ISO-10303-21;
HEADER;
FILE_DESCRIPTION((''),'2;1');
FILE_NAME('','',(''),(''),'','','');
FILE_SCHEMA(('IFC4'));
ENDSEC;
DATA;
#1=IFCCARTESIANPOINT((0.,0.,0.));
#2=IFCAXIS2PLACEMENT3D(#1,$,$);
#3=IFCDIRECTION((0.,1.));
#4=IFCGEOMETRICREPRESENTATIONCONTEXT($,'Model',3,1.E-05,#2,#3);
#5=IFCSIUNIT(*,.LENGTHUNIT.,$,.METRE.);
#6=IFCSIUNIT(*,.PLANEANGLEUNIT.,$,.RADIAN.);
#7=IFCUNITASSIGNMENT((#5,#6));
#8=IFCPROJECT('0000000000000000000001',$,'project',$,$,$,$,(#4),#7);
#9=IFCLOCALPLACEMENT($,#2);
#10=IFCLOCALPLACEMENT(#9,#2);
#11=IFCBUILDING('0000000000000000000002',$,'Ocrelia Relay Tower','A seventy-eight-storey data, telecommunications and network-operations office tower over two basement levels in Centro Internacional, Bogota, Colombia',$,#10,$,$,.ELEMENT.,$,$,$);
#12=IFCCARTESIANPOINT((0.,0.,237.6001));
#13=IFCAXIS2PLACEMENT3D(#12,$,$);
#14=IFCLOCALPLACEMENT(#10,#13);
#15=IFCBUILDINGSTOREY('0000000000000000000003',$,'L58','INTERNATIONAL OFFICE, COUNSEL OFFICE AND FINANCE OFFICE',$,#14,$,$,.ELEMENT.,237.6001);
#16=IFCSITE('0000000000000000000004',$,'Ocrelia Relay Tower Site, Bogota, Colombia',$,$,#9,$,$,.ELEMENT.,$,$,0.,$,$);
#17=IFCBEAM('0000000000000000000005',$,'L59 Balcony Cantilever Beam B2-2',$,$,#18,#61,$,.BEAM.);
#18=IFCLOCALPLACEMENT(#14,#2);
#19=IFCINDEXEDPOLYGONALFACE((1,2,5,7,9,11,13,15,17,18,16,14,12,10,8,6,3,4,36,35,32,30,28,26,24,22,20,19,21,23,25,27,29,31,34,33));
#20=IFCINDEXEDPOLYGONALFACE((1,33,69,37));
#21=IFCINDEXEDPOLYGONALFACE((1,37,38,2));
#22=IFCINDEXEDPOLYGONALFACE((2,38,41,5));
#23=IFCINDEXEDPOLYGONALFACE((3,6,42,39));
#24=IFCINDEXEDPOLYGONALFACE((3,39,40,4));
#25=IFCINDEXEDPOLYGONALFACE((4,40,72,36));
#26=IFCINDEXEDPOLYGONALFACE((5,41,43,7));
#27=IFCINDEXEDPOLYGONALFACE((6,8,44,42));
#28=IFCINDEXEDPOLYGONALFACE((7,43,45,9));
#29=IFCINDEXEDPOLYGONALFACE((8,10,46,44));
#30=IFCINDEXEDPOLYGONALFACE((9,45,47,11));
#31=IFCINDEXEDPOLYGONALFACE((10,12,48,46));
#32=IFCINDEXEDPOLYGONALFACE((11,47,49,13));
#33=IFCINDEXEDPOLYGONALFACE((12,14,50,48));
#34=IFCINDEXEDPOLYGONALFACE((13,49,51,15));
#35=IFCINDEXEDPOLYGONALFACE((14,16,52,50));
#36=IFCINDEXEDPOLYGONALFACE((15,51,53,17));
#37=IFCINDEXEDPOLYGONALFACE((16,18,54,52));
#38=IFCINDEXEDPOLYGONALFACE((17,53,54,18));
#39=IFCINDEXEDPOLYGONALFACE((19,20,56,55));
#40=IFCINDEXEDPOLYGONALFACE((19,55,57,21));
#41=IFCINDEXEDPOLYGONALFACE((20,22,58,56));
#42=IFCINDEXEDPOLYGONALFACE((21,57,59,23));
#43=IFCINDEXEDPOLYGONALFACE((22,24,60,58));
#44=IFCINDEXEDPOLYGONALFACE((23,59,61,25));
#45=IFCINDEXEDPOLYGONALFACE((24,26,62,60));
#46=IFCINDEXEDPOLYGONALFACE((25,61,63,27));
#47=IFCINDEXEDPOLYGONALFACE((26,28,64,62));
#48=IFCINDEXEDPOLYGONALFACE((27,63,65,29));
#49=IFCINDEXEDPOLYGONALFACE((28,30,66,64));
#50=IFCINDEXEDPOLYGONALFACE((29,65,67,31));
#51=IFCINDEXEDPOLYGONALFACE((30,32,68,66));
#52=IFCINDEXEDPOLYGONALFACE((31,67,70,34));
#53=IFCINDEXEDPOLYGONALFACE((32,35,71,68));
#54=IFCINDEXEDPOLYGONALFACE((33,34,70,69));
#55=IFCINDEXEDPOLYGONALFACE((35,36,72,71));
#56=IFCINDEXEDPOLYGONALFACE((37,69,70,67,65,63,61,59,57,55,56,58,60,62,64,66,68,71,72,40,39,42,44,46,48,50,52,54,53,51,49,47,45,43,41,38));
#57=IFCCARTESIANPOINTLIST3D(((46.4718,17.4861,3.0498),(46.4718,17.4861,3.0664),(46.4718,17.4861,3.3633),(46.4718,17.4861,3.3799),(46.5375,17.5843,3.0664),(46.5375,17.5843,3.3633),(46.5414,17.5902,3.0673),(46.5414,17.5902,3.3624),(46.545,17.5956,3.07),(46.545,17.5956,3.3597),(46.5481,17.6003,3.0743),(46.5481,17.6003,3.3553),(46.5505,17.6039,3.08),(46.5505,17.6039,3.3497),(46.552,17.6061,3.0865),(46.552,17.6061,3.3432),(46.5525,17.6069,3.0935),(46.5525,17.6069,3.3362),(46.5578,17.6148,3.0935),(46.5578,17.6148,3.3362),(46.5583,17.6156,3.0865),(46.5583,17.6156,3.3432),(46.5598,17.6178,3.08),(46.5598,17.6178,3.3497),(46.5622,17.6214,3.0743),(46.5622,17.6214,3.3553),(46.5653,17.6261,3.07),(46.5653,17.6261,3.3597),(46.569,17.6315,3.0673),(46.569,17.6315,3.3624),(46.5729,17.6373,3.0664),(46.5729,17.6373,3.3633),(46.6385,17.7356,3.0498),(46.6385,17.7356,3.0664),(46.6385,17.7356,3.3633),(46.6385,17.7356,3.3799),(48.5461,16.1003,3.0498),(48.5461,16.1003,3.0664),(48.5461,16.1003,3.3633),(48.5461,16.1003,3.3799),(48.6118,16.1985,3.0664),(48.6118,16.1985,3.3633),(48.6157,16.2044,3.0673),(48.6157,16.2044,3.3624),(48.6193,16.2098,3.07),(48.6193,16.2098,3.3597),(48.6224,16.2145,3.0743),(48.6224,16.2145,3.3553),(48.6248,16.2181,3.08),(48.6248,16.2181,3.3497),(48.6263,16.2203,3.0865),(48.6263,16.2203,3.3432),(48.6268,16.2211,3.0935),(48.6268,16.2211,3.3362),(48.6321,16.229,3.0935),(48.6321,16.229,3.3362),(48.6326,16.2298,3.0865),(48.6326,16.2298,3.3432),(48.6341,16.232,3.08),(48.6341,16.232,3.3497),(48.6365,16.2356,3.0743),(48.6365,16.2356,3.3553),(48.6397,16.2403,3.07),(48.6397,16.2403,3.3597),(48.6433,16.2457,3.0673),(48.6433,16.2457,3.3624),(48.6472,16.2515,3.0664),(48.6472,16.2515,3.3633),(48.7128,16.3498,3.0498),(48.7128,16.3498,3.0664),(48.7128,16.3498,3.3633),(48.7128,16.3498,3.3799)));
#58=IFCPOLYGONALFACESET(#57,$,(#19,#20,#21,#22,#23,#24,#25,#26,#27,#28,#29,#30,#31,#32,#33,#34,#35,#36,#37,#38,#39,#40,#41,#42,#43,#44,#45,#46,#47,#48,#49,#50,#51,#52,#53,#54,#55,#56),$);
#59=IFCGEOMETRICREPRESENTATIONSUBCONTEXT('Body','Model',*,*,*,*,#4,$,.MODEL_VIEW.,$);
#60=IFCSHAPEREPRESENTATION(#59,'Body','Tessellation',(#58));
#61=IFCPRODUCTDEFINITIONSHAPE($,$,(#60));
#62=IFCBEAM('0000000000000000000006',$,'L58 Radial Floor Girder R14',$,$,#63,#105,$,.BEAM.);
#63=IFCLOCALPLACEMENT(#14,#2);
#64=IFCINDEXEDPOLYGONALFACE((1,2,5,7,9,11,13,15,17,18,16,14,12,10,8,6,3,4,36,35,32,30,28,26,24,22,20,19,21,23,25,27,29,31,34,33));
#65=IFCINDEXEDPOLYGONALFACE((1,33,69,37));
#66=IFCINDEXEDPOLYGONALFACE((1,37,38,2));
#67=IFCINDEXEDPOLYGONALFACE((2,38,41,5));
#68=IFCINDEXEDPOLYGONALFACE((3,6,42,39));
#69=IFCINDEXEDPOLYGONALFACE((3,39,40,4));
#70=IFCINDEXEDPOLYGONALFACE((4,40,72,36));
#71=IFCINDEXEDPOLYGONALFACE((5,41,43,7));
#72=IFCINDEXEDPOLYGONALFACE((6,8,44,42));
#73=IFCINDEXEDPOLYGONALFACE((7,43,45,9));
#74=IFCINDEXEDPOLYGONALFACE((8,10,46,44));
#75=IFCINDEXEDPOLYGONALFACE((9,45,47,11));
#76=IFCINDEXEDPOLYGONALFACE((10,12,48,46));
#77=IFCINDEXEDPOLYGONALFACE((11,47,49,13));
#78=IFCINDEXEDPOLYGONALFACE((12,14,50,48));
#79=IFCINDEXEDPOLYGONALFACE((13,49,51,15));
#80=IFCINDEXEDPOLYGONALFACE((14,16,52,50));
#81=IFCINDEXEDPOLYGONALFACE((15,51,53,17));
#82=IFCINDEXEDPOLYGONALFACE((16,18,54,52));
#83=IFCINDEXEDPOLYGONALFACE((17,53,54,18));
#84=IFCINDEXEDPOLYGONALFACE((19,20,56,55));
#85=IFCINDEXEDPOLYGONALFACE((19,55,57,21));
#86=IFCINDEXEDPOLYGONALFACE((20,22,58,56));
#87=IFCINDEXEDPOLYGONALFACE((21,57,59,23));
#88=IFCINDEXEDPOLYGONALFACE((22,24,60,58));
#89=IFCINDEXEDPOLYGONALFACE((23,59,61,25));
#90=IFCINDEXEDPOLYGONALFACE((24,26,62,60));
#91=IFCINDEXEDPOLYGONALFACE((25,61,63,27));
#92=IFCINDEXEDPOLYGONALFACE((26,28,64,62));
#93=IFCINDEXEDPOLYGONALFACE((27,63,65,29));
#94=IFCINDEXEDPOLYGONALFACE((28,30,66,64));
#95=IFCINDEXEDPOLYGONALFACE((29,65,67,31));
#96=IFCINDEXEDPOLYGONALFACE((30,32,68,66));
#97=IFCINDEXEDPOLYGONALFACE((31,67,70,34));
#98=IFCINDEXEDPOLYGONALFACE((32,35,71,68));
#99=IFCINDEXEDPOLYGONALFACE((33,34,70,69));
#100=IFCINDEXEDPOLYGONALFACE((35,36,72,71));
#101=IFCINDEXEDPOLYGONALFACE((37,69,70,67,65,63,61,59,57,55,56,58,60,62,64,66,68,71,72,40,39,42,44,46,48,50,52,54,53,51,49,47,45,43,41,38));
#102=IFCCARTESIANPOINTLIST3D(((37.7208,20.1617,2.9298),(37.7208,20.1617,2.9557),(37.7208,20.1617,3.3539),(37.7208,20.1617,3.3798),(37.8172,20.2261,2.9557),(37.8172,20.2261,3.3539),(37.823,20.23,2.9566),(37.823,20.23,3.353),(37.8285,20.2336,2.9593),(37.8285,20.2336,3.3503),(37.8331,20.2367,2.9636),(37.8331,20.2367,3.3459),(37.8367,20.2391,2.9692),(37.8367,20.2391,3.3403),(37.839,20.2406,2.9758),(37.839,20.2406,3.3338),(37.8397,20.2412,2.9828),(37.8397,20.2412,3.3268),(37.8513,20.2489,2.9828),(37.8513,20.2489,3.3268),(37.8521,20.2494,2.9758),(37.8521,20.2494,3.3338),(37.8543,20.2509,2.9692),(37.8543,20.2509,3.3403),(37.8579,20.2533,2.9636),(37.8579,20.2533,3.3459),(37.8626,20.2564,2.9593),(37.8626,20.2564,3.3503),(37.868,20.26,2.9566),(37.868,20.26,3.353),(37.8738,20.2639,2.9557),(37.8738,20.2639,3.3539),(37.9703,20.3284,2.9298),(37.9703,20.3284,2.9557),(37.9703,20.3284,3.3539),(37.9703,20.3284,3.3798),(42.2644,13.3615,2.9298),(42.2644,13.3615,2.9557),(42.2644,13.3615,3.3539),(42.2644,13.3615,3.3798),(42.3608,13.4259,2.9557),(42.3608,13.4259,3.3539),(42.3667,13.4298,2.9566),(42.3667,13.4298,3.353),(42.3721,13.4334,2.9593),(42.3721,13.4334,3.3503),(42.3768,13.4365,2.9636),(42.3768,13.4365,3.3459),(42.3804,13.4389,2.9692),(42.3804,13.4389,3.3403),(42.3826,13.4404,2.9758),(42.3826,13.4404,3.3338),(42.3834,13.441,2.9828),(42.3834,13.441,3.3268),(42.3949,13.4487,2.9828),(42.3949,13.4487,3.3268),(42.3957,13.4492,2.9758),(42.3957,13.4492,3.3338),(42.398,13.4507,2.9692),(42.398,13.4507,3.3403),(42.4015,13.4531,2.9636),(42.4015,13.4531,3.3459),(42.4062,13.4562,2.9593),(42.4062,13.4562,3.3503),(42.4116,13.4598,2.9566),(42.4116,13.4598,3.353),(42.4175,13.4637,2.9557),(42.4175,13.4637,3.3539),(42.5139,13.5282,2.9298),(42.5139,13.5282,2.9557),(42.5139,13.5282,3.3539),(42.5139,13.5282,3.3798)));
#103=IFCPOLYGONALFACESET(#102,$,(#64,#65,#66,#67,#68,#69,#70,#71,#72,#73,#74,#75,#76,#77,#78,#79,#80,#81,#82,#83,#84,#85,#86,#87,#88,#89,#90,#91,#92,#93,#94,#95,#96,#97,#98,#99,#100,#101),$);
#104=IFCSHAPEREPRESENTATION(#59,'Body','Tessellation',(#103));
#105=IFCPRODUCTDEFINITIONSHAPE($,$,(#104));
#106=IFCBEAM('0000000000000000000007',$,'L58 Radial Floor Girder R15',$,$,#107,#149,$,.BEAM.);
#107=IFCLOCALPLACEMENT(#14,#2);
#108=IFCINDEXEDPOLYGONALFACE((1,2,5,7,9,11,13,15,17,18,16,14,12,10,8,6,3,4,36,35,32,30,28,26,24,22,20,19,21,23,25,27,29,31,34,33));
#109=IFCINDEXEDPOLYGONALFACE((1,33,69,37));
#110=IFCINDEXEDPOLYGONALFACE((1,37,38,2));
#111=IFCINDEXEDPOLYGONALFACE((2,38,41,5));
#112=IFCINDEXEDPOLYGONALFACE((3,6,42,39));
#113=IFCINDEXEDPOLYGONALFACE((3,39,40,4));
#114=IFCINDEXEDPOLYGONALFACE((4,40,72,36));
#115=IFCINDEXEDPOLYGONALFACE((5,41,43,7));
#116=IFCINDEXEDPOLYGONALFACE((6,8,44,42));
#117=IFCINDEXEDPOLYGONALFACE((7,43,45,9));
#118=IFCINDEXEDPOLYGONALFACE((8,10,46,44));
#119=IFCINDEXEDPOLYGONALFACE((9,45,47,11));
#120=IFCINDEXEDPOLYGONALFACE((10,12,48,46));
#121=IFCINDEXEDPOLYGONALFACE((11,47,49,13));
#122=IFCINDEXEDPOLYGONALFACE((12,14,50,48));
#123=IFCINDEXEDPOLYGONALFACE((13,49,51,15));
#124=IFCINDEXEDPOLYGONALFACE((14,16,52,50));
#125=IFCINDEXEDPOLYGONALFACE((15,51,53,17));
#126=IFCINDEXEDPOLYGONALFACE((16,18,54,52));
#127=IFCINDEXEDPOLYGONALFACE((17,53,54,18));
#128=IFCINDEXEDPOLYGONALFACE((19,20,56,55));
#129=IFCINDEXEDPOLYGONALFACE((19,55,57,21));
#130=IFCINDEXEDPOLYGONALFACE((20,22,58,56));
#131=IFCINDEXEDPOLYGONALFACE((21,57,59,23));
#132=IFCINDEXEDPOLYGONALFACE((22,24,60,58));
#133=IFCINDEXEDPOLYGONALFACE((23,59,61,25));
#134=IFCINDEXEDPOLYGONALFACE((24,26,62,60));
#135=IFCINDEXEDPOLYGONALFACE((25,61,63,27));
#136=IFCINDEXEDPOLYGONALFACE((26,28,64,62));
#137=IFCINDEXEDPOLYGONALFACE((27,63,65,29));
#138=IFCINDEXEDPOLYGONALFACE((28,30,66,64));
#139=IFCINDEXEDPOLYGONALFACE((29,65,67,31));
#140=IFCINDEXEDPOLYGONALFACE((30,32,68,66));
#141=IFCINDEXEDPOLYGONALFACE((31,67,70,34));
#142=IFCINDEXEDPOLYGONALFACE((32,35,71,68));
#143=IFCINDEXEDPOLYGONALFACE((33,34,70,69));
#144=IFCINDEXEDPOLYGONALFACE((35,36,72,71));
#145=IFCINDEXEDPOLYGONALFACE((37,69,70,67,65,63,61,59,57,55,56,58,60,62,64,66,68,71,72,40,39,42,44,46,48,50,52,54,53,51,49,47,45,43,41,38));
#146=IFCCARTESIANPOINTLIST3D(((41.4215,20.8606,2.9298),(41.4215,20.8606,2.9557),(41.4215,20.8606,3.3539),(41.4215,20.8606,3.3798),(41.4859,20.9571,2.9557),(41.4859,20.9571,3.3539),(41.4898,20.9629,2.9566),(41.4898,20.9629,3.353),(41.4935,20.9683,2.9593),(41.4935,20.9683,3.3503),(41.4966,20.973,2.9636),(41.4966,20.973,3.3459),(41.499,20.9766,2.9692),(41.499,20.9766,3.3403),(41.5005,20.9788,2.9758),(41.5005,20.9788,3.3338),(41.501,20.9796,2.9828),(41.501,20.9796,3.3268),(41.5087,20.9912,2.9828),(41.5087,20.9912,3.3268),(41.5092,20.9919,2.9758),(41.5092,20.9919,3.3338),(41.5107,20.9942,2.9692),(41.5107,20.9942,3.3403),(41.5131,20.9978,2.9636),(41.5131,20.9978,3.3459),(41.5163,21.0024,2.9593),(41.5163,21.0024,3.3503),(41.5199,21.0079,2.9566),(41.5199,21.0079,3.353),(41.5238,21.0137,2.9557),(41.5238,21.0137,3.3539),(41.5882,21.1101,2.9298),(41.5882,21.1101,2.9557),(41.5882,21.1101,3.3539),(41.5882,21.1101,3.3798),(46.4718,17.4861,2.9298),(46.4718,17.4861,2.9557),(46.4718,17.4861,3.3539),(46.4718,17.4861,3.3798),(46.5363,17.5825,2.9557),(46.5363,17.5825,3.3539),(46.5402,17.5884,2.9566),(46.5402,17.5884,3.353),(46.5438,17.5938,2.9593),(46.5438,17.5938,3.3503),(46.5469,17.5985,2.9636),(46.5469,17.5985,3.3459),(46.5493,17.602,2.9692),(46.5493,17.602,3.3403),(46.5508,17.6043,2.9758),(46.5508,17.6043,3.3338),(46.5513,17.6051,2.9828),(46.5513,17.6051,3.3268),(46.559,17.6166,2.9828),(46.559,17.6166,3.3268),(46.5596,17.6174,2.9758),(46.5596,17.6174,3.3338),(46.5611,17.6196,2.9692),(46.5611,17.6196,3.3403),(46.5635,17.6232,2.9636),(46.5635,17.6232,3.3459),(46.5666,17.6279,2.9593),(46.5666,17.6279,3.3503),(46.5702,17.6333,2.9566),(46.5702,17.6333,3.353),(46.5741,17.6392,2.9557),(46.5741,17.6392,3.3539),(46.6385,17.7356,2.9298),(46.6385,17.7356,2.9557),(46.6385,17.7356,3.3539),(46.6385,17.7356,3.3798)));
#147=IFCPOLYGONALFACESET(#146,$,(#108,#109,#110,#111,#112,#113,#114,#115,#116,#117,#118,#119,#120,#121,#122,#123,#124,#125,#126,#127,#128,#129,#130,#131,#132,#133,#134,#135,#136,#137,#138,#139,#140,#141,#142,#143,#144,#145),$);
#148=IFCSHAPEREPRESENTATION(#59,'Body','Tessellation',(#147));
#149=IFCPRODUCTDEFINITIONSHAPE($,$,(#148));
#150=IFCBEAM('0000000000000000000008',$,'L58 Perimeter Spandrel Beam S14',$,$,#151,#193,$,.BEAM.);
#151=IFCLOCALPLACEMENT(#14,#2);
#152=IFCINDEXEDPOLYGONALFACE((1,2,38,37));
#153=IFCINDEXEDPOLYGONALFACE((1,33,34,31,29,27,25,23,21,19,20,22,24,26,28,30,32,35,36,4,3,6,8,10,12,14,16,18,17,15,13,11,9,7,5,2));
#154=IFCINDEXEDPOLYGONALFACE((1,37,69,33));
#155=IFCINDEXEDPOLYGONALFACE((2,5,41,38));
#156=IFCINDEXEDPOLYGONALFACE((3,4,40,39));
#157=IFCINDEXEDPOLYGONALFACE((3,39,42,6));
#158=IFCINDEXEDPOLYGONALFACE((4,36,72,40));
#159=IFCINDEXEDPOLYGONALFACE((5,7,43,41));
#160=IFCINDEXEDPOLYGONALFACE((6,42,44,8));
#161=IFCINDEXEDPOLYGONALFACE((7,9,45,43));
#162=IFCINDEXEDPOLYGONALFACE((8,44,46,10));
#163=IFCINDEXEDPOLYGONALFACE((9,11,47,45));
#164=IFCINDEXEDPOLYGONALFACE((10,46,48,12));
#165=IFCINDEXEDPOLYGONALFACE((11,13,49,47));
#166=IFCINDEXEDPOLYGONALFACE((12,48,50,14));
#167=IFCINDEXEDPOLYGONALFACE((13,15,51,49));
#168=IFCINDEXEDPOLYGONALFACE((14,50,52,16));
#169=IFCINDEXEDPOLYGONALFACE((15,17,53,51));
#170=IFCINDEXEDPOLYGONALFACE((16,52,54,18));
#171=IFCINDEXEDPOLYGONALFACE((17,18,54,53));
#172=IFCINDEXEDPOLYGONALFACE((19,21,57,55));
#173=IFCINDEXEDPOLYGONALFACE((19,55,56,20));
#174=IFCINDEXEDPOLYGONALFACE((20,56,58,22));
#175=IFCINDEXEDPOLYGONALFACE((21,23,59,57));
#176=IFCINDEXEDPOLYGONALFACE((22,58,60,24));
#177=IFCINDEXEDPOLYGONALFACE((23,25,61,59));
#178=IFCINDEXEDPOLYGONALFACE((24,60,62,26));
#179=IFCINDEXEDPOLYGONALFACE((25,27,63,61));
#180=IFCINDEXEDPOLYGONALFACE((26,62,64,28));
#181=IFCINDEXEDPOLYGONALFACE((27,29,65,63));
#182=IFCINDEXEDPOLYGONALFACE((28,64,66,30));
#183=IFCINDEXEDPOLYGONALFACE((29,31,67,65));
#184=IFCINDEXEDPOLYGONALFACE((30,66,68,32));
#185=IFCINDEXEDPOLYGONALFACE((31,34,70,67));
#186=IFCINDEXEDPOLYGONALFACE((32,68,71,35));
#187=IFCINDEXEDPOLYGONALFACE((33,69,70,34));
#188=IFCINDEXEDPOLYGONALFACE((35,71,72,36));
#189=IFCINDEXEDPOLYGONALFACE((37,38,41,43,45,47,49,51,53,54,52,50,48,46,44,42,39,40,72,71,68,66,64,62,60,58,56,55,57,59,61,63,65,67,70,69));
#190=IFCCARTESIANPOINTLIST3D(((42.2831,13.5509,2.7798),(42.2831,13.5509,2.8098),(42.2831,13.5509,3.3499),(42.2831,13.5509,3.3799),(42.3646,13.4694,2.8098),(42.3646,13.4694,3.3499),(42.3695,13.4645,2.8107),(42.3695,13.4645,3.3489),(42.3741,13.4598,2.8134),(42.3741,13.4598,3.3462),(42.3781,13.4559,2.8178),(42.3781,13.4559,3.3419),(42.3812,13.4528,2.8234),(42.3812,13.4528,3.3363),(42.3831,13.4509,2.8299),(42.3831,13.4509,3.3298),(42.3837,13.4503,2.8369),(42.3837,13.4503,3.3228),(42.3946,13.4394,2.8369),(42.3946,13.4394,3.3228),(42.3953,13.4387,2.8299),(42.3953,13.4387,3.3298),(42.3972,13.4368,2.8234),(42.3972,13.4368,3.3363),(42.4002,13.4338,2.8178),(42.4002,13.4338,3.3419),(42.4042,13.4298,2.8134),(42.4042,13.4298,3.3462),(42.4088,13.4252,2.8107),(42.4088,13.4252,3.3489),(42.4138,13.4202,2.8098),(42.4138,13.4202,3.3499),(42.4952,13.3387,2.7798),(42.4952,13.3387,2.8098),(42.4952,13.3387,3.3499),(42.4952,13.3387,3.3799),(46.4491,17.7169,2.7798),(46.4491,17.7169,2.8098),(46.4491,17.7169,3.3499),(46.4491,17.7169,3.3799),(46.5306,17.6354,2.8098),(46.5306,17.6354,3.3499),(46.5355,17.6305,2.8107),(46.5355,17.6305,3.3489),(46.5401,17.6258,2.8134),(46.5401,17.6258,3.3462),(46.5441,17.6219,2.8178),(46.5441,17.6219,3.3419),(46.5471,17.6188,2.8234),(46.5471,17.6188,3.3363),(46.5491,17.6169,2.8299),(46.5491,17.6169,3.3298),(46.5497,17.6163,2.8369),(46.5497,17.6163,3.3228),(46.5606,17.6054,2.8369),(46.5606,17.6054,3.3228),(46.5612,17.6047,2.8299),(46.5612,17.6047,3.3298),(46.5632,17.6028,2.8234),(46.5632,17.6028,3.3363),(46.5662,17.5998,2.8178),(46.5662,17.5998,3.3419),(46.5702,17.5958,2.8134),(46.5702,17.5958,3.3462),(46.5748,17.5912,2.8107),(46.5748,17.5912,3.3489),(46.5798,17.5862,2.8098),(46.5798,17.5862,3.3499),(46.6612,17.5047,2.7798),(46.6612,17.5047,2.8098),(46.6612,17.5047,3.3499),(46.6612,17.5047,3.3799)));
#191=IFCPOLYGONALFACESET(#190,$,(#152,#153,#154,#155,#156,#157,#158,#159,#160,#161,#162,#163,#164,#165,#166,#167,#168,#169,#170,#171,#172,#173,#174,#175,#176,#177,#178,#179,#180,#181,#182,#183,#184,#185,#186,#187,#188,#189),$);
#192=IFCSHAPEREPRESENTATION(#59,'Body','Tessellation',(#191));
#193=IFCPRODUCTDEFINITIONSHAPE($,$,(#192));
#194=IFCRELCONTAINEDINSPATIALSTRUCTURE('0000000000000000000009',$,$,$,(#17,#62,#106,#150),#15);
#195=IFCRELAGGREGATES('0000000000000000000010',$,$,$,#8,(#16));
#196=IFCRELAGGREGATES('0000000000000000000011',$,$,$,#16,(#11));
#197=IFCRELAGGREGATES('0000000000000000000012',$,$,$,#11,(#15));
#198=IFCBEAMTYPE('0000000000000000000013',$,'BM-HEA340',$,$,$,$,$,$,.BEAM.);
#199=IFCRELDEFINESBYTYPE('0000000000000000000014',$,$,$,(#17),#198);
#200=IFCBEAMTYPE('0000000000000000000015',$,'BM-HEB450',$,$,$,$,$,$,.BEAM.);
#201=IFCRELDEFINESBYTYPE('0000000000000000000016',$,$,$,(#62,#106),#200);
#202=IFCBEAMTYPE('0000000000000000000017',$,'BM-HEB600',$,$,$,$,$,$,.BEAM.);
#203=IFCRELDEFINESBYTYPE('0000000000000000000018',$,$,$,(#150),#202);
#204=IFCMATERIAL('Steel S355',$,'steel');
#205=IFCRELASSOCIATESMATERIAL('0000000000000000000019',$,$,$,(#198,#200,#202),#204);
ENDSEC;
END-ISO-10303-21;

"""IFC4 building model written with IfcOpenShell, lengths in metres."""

from ifc_helpers import new_model, si_unit, direction, frame, origin, origin_2d, place, context, subcontext, project, spatial, i_section, extrude, material, material_profile, profile_set, type_object, element, save


model = new_model("IFC4")

# Units and contexts
model_context = context("Model", 3, precision=1e-05, world=origin(), true_north=direction((0.0, 1.0)))
body_context = subcontext(model_context, "Body", "Model", "MODEL_VIEW")
ifc_project = project(units=[si_unit("LENGTHUNIT", "METRE"), si_unit("PLANEANGLEUNIT", "RADIAN")], contexts=[model_context])

# Site, building, storey
site_placement = place(None, origin())
site = spatial("IfcSite", under=ifc_project, at=site_placement, Name="Ocrelia Relay Tower Site, Bogota, Colombia", CompositionType="ELEMENT", RefElevation=0.0)
building_placement = place(site_placement, origin())
building = spatial("IfcBuilding", under=site, at=building_placement, Name="Ocrelia Relay Tower", Description="A seventy-eight-storey data, telecommunications and network-operations office tower over two basement levels in Centro Internacional, Bogota, Colombia", CompositionType="ELEMENT")
storey_placement = place(building_placement, frame((0.0, 0.0, 237.6001)))
storey = spatial("IfcBuildingStorey", under=building, at=storey_placement, Name="L58", Description="INTERNATIONAL OFFICE, COUNSEL OFFICE AND FINANCE OFFICE", CompositionType="ELEMENT", Elevation=237.6001)

# Beams
ifc_material_1 = material(Name="Steel S355", Category="steel")
ifc_material_profile_1 = material_profile(ifc_material_1, i_section(OverallWidth=0.3, OverallDepth=0.3301, WebThickness=0.0095, FlangeThickness=0.0166, FilletRadius=0.0271, at=origin_2d()), Name="HEA 340")
ifc_profile_set_1 = profile_set([ifc_material_profile_1], Name="Steel S355")
beam_type_1 = type_object("IfcBeamType", Name="BM-HEA340", PredefinedType="BEAM", material=ifc_profile_set_1)
beam_1_placement = place(storey_placement, frame((46.5552, 17.6108, 3.2148), z_axis=(0.831508, -0.555513, 0.0), x_axis=(0.555513, 0.831508, 0.0)))
element("IfcBeam", 1, at=beam_1_placement, inside=storey, type_object=beam_type_1, Name="L59 Balcony Cantilever Beam B2-2", PredefinedType="BEAM", context=body_context, shape_type="SweptSolid", body=[
    extrude(i_section(OverallWidth=0.3, OverallDepth=0.3301, WebThickness=0.0095, FlangeThickness=0.0166, FilletRadius=0.0271, at=origin_2d()), origin(), (0.0, 0.0, 1.0), 2.4946),
])
ifc_material_profile_2 = material_profile(ifc_material_1, i_section(OverallWidth=0.3, OverallDepth=0.45, WebThickness=0.0139, FlangeThickness=0.0259, FilletRadius=0.0271, at=origin_2d()), Name="HEB 450")
ifc_profile_set_2 = profile_set([ifc_material_profile_2], Name="Steel S355")
beam_type_2 = type_object("IfcBeamType", Name="BM-HEB450", PredefinedType="BEAM", material=ifc_profile_set_2)
beam_2_placement = place(storey_placement, frame((42.3892, 13.4448, 3.1548), z_axis=(-0.555561, 0.831476, 0.0), x_axis=(-0.831476, -0.555561, 0.0)))
element("IfcBeam", 2, at=beam_2_placement, inside=storey, type_object=beam_type_2, Name="L58 Radial Floor Girder R14", PredefinedType="BEAM", context=body_context, shape_type="SweptSolid", body=[
    extrude(i_section(OverallWidth=0.3, OverallDepth=0.45, WebThickness=0.0139, FlangeThickness=0.0259, FilletRadius=0.0271, at=origin_2d()), origin(), (0.0, 0.0, 1.0), 8.1785),
])
beam_3_placement = place(storey_placement, frame((46.5552, 17.6108, 3.1548), z_axis=(-0.831469, 0.555572, 0.0), x_axis=(-0.555572, -0.831469, 0.0)))
element("IfcBeam", 3, at=beam_3_placement, inside=storey, type_object=beam_type_2, Name="L58 Radial Floor Girder R15", PredefinedType="BEAM", context=body_context, shape_type="SweptSolid", body=[
    extrude(i_section(OverallWidth=0.3, OverallDepth=0.45, WebThickness=0.0139, FlangeThickness=0.0259, FilletRadius=0.0271, at=origin_2d()), origin(), (0.0, 0.0, 1.0), 6.074),
])
ifc_material_profile_3 = material_profile(ifc_material_1, i_section(OverallWidth=0.3, OverallDepth=0.6001, WebThickness=0.0154, FlangeThickness=0.03, FilletRadius=0.0271, at=origin_2d()), Name="HEB 600")
ifc_profile_set_3 = profile_set([ifc_material_profile_3], Name="Steel S355")
beam_type_3 = type_object("IfcBeamType", Name="BM-HEB600", PredefinedType="BEAM", material=ifc_profile_set_3)
beam_4_placement = place(storey_placement, frame((42.3892, 13.4448, 3.0798), z_axis=(0.707107, 0.707107, 0.0), x_axis=(-0.707107, 0.707107, 0.0)))
element("IfcBeam", 4, at=beam_4_placement, inside=storey, type_object=beam_type_3, Name="L58 Perimeter Spandrel Beam S14", PredefinedType="BEAM", context=body_context, shape_type="SweptSolid", body=[
    extrude(i_section(OverallWidth=0.3, OverallDepth=0.6001, WebThickness=0.0154, FlangeThickness=0.03, FilletRadius=0.0271, at=origin_2d()), origin(), (0.0, 0.0, 1.0), 5.8916),
])

save(model, "model.ifc")
